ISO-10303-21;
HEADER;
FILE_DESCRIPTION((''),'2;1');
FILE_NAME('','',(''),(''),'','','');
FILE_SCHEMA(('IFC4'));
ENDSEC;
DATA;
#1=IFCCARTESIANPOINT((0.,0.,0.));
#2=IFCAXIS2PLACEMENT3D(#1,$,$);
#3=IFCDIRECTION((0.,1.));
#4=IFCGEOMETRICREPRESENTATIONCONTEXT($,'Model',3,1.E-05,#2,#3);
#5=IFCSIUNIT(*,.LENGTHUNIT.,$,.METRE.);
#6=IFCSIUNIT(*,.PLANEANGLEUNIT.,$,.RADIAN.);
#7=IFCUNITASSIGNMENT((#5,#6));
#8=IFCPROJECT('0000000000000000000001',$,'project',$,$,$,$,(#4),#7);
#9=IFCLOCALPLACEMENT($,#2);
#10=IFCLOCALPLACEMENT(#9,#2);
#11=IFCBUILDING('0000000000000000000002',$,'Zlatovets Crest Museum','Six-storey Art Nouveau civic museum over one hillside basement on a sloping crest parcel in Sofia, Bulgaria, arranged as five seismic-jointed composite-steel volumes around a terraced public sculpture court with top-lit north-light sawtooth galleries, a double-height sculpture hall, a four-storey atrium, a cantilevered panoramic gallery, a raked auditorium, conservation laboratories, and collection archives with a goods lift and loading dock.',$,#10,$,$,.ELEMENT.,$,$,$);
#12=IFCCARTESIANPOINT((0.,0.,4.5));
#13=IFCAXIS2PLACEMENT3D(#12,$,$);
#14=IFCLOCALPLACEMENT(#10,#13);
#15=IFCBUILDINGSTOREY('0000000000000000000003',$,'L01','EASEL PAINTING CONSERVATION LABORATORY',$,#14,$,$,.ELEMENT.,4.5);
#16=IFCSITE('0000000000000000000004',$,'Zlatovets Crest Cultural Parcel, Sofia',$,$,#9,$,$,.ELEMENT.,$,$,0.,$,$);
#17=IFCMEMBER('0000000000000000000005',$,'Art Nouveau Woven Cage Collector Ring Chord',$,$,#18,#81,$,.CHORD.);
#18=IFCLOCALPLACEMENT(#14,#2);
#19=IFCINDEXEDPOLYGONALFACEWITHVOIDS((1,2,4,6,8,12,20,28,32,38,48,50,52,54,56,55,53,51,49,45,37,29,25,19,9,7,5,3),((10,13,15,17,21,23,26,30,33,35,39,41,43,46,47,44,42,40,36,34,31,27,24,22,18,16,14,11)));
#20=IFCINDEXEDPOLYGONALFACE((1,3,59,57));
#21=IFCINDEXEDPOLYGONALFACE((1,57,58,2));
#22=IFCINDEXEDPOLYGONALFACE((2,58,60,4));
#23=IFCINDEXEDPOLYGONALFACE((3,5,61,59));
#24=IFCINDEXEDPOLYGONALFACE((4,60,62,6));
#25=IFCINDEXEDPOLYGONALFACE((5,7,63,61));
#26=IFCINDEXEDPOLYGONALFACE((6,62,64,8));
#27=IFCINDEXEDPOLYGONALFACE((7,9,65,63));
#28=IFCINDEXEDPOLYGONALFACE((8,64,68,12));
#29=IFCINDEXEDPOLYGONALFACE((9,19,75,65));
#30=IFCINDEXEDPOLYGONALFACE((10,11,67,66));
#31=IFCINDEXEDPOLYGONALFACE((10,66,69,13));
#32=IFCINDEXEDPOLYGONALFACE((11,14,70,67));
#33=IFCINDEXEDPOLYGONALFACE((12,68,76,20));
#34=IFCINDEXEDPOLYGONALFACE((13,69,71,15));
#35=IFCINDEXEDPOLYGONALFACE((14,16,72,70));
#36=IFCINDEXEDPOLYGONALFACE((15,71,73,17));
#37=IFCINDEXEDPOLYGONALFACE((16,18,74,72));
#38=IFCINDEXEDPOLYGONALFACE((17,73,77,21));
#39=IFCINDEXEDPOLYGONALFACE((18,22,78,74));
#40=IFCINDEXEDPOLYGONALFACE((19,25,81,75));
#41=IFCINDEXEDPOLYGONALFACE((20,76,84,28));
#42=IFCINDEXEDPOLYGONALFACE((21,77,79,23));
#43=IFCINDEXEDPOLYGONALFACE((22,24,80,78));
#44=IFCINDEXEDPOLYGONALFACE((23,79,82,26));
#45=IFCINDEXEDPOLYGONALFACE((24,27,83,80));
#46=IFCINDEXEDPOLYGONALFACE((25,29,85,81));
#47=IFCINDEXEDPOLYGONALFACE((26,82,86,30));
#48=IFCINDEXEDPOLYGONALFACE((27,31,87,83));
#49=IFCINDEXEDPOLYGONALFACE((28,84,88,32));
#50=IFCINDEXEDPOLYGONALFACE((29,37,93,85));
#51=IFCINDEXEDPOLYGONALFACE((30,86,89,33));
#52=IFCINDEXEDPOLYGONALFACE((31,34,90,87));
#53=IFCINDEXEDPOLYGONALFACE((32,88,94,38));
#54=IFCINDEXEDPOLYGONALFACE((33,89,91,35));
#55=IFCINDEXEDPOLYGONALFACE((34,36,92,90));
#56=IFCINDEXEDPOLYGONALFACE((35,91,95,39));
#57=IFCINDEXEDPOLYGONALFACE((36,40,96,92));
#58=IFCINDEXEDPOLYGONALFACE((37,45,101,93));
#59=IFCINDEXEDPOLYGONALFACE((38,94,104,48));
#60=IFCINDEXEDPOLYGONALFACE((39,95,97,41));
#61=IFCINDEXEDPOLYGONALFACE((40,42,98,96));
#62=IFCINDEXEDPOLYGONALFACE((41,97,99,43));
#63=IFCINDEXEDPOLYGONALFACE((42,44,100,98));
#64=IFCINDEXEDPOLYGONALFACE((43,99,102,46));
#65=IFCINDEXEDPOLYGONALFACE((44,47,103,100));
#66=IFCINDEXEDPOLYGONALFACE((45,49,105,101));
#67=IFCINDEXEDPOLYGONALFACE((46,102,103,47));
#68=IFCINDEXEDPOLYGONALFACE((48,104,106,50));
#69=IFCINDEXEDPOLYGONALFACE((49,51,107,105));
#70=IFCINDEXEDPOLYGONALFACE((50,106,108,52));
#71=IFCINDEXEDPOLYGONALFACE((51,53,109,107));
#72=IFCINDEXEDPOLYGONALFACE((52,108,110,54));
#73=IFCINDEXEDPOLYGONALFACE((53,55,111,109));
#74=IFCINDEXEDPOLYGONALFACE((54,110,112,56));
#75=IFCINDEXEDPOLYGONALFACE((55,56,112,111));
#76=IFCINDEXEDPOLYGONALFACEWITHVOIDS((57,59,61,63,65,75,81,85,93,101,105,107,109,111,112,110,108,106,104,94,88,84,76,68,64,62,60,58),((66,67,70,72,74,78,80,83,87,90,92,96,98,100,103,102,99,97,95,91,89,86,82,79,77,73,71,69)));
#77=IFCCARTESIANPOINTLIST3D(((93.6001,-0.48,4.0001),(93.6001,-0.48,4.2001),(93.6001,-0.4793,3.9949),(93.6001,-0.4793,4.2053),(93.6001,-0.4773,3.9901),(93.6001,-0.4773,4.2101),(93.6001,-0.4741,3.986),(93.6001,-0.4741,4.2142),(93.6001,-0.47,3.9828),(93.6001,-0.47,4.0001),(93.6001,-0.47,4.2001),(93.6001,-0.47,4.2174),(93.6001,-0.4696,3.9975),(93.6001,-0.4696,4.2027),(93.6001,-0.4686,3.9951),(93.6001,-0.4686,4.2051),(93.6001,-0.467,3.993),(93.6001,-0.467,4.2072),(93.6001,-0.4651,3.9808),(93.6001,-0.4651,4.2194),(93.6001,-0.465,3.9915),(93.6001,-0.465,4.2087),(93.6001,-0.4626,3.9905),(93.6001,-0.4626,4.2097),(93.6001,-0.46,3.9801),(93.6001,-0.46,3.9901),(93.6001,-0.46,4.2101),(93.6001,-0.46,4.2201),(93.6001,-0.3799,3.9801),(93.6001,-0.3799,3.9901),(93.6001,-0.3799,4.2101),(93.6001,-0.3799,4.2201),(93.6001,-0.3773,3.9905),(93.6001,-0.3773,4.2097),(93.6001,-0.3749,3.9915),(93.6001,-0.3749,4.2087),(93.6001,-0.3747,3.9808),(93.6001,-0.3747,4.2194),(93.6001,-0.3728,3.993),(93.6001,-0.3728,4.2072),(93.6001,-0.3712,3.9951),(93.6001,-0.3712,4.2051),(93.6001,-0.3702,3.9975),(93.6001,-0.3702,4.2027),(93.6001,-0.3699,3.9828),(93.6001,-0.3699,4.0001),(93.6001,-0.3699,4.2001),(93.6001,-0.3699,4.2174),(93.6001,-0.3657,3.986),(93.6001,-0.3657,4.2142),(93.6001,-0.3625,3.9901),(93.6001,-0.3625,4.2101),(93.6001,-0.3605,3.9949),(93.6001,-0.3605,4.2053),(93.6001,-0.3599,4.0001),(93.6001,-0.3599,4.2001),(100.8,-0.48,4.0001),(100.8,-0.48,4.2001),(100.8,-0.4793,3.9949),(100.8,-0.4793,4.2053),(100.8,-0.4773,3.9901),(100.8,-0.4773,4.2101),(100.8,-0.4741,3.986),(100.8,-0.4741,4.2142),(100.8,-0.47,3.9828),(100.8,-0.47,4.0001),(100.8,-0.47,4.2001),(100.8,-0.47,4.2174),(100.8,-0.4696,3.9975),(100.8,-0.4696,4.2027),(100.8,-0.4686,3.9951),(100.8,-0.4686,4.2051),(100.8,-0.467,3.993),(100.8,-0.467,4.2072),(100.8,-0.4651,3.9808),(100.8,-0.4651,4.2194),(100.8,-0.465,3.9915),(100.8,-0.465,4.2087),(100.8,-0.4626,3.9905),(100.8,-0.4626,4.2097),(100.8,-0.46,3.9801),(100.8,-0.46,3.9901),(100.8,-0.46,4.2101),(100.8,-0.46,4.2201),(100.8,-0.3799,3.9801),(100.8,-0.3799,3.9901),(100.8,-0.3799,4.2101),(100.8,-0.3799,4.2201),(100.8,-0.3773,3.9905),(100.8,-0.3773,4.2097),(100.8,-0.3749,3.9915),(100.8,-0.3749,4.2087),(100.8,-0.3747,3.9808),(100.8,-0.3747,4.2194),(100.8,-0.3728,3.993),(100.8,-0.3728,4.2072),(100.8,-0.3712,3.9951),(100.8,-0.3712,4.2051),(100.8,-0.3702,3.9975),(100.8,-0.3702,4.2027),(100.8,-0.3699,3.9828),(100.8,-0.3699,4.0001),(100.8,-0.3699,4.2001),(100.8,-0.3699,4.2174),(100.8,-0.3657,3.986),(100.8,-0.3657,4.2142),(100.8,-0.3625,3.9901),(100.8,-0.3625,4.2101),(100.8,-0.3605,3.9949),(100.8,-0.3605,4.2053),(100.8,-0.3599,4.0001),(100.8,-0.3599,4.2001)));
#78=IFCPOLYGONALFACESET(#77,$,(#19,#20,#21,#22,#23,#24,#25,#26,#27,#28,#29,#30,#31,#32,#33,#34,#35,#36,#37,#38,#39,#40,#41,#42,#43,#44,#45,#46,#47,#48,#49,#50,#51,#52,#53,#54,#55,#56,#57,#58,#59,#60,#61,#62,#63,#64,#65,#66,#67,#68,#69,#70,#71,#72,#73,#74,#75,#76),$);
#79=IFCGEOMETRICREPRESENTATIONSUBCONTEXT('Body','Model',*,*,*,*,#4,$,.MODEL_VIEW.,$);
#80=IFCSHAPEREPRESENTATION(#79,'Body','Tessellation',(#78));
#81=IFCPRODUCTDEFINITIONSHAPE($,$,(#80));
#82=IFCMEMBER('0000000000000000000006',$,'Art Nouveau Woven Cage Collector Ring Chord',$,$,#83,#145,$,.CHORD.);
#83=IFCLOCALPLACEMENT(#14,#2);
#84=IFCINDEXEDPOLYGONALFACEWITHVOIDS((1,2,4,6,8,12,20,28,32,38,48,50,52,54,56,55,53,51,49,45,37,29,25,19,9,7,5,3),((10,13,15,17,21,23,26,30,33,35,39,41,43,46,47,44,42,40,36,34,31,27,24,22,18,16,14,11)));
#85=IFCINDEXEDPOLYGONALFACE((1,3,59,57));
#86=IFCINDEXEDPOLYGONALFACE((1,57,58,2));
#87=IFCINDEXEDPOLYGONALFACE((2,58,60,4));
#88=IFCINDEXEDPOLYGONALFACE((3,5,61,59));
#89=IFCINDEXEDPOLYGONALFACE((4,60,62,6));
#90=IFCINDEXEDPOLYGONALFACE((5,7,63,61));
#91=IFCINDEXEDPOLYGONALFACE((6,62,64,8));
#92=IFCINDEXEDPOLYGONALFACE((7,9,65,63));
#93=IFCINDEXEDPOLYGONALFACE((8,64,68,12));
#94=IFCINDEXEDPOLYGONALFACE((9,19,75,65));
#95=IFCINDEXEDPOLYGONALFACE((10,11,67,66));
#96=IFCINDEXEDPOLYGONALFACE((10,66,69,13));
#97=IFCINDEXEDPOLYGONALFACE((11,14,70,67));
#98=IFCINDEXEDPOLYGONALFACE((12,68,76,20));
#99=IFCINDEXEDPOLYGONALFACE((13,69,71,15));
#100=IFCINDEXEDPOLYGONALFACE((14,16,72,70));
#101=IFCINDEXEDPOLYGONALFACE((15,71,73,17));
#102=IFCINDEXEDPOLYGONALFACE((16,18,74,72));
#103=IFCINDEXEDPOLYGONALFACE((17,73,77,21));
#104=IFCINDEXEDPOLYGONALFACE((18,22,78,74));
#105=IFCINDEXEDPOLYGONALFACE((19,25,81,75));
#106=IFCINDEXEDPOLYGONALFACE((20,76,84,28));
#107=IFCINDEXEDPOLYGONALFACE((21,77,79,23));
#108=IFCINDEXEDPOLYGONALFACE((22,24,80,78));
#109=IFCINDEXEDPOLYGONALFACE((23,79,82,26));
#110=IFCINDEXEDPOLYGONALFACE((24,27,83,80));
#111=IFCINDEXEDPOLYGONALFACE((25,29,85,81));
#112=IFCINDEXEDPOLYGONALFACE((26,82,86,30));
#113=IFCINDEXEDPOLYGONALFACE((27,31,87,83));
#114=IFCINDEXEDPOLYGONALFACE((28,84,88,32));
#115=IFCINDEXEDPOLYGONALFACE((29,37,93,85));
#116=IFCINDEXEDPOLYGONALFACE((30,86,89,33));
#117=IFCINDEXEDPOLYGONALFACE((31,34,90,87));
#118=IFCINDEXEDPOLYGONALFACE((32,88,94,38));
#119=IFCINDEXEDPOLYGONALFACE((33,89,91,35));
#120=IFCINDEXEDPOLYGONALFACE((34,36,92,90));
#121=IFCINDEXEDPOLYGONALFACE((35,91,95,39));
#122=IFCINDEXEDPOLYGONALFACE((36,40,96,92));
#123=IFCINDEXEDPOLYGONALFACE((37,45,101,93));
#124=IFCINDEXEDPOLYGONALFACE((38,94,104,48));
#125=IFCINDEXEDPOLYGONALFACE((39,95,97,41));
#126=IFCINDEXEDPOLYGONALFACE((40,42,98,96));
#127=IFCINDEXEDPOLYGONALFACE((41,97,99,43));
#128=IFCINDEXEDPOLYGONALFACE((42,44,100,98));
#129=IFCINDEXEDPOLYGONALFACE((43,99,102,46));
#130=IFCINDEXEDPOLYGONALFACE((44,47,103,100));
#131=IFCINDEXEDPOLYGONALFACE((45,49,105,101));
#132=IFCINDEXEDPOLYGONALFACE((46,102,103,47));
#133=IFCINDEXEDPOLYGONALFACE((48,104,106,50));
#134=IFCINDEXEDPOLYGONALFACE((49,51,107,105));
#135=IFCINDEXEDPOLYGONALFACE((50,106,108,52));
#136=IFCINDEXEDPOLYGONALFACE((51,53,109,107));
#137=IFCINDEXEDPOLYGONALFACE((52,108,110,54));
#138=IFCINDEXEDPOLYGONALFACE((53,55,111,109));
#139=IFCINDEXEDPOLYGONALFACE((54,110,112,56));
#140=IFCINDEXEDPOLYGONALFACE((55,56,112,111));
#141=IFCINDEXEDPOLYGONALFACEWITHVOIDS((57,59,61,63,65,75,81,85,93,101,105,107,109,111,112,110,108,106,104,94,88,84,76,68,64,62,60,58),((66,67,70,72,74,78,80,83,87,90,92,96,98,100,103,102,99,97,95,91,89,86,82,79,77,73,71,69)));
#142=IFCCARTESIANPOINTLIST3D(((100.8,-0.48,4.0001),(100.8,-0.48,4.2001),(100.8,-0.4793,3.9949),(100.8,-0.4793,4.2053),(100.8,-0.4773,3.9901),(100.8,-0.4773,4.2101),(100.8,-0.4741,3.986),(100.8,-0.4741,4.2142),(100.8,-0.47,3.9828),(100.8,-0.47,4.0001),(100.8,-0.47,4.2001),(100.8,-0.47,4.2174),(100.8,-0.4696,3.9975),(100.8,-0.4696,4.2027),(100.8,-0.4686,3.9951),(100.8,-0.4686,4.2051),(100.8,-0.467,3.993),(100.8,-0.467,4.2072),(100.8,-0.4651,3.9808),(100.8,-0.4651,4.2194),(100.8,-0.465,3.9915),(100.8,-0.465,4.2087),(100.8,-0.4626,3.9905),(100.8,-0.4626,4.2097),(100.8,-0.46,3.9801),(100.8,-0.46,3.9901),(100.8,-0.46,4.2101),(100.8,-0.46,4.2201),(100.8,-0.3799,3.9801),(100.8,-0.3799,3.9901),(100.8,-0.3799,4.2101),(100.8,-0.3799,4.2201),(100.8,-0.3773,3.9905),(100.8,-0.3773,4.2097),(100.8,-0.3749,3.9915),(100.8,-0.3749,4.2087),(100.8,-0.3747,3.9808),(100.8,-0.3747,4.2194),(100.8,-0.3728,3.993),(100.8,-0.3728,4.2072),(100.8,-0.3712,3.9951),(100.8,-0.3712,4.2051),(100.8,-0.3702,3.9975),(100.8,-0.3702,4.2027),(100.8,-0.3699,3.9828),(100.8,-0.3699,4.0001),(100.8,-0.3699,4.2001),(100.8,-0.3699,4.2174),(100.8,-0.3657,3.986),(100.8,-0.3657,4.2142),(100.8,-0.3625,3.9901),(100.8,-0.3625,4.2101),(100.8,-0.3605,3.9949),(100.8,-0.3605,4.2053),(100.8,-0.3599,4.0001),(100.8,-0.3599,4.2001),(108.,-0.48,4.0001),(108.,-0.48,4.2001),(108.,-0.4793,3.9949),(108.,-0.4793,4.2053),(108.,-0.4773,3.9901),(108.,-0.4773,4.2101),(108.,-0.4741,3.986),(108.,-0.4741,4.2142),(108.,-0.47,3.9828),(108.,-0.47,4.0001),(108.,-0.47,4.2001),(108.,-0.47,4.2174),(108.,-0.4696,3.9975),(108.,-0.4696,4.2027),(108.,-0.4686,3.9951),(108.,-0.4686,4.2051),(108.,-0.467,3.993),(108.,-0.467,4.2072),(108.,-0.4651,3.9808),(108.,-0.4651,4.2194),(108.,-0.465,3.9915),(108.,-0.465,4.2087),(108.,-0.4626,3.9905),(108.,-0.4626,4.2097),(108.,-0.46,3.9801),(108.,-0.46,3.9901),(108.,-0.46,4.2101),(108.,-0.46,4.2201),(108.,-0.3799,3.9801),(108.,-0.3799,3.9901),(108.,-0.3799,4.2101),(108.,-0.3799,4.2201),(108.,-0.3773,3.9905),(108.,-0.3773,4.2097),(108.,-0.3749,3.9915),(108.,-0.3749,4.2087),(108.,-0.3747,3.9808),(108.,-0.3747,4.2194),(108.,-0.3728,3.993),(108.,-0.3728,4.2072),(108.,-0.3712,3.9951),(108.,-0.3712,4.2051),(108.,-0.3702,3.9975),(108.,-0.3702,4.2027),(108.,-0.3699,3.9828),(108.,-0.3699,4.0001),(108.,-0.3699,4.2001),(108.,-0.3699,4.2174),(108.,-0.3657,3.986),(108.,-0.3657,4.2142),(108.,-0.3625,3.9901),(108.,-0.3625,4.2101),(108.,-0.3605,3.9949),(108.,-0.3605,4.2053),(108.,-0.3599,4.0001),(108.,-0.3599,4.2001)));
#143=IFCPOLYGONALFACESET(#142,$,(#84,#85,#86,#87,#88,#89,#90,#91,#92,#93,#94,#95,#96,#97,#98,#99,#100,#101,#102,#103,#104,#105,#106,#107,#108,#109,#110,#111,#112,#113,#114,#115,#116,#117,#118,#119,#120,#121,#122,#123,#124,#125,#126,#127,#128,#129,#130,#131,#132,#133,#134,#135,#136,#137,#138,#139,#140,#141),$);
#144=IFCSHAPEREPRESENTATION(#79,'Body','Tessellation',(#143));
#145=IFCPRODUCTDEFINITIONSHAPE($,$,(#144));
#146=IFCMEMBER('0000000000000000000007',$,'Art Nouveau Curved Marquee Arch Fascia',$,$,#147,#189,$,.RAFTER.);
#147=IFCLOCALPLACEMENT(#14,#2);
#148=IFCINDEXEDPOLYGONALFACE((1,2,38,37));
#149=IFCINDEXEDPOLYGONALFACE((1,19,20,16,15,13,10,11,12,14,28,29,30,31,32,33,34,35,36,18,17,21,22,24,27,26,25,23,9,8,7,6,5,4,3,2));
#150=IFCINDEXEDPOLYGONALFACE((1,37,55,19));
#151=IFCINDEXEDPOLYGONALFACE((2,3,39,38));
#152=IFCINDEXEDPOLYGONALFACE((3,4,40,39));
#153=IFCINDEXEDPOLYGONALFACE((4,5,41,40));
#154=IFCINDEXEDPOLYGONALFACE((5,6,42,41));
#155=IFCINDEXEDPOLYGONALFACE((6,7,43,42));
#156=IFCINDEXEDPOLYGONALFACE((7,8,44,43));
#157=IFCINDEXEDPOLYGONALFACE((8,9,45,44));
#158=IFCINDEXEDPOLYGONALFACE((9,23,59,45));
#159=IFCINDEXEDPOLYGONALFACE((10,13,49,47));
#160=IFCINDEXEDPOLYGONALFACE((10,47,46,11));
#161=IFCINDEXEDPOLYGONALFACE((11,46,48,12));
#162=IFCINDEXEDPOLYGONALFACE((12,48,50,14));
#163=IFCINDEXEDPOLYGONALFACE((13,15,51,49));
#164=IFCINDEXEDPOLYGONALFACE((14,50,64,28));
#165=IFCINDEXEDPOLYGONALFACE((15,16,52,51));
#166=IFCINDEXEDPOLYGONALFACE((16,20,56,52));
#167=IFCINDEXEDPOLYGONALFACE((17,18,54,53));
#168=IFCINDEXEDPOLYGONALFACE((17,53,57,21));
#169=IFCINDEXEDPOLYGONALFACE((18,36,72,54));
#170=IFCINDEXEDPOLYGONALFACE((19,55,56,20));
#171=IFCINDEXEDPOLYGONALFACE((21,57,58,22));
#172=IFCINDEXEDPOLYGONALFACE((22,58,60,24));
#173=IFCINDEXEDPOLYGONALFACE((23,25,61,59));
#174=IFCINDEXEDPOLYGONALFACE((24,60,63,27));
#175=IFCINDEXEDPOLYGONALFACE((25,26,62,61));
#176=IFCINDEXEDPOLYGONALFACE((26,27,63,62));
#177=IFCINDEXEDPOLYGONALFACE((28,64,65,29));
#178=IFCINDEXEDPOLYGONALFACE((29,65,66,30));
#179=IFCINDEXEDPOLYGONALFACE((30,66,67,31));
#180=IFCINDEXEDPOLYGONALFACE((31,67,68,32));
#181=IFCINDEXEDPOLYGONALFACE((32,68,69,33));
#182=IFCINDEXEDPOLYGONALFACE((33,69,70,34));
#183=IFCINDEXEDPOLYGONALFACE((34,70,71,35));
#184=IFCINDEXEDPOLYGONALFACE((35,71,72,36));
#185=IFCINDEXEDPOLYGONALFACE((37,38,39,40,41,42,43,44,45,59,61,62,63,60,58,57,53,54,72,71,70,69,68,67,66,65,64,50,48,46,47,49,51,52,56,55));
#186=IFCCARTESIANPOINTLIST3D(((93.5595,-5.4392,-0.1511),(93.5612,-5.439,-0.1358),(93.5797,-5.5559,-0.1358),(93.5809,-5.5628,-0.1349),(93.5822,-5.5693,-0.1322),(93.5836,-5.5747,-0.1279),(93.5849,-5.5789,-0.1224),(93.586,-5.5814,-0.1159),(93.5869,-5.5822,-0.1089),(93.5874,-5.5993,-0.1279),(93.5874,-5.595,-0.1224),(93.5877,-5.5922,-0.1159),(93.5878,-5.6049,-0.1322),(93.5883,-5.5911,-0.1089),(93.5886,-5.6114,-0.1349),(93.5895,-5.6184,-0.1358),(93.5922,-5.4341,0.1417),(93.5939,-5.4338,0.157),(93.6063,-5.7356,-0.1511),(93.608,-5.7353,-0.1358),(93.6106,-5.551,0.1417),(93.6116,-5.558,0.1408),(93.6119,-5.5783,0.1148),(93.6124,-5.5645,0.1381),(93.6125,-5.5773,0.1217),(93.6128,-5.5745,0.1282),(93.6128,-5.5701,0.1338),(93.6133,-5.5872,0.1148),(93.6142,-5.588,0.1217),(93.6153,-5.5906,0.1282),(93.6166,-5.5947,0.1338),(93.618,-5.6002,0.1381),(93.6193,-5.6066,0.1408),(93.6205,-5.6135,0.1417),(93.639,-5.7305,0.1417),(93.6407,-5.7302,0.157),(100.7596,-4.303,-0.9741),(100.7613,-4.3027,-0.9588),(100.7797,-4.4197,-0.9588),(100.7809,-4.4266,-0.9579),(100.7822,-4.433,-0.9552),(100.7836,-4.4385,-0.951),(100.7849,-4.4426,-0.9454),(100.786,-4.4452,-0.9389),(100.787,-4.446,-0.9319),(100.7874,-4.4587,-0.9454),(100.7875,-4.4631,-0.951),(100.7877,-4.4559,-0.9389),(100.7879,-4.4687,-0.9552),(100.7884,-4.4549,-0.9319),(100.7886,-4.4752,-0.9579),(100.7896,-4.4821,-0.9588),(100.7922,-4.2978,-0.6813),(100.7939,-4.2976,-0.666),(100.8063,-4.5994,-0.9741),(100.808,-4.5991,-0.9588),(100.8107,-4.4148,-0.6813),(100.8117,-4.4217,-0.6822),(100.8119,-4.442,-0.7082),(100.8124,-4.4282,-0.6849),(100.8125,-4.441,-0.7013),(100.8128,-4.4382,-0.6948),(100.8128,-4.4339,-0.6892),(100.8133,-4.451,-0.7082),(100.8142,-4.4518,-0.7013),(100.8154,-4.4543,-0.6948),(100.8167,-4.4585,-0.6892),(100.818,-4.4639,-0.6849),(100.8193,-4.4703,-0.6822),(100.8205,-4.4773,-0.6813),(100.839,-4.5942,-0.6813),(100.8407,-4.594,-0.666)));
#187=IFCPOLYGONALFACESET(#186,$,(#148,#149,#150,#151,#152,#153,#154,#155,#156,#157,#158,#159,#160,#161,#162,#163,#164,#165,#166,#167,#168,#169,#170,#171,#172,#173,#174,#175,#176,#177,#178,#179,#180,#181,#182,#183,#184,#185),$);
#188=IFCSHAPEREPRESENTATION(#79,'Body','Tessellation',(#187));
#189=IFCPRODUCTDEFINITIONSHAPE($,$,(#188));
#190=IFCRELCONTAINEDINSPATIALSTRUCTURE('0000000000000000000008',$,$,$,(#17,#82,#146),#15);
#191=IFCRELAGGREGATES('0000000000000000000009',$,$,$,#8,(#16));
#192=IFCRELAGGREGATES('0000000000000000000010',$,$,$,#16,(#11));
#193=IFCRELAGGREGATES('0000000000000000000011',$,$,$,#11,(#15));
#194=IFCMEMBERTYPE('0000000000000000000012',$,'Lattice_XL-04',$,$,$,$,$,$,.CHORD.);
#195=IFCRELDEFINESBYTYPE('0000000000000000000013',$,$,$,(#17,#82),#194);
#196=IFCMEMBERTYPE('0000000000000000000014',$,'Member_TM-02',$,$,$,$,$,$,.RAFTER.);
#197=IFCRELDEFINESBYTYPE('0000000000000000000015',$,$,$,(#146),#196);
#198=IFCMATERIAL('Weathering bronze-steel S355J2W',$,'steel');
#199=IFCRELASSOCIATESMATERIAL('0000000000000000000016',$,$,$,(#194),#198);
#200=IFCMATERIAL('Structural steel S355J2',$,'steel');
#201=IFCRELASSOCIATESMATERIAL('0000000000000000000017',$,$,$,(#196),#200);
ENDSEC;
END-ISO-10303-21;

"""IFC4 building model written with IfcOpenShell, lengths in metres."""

from ifc_helpers import new_model, si_unit, direction, frame, origin, origin_2d, place, context, subcontext, project, spatial, hollow_rectangle, i_section, extrude, material, material_profile, profile_set, type_object, element, save


model = new_model("IFC4")

# Units and contexts
model_context = context("Model", 3, precision=1e-05, world=origin(), true_north=direction((0.0, 1.0)))
body_context = subcontext(model_context, "Body", "Model", "MODEL_VIEW")
ifc_project = project(units=[si_unit("LENGTHUNIT", "METRE"), si_unit("PLANEANGLEUNIT", "RADIAN")], contexts=[model_context])

# Site, building, storey
site_placement = place(None, origin())
site = spatial("IfcSite", under=ifc_project, at=site_placement, Name="Zlatovets Crest Cultural Parcel, Sofia", CompositionType="ELEMENT", RefElevation=0.0)
building_placement = place(site_placement, origin())
building = spatial("IfcBuilding", under=site, at=building_placement, Name="Zlatovets Crest Museum", Description="Six-storey Art Nouveau civic museum over one hillside basement on a sloping crest parcel in Sofia, Bulgaria, arranged as five seismic-jointed composite-steel volumes around a terraced public sculpture court with top-lit north-light sawtooth galleries, a double-height sculpture hall, a four-storey atrium, a cantilevered panoramic gallery, a raked auditorium, conservation laboratories, and collection archives with a goods lift and loading dock.", CompositionType="ELEMENT")
storey_placement = place(building_placement, frame((0.0, 0.0, 4.5)))
storey = spatial("IfcBuildingStorey", under=building, at=storey_placement, Name="L01", Description="EASEL PAINTING CONSERVATION LABORATORY", CompositionType="ELEMENT", Elevation=4.5)

# Members
ifc_material_1 = material(Name="Weathering bronze-steel S355J2W", Category="steel")
ifc_material_profile_1 = material_profile(ifc_material_1, hollow_rectangle(XDim=0.1201, YDim=0.24, WallThickness=0.01, InnerFilletRadius=0.01, OuterFilletRadius=0.02, at=origin_2d()), Name="RHS 120x240x10.0")
ifc_profile_set_1 = profile_set([ifc_material_profile_1], Name="Weathering bronze-steel S355J2W")
member_type_1 = type_object("IfcMemberType", Name="Lattice_XL-04", PredefinedType="CHORD", material=ifc_profile_set_1)
for number, where, z_axis, x_axis, name in (
    (1, (93.6001, -0.4199, 4.1001), (1.0, 0.0, 0.0), (0.0, 1.0, 0.0), "Art Nouveau Woven Cage Collector Ring Chord"),
    (2, (100.8, -0.4199, 4.1001), (1.0, 0.0, 0.0), (0.0, 1.0, 0.0), "Art Nouveau Woven Cage Collector Ring Chord"),
):
    element("IfcMember", number, at=place(storey_placement, frame(where, z_axis=z_axis, x_axis=x_axis)), inside=storey, type_object=member_type_1, Name=name, PredefinedType="CHORD", context=body_context, shape_type="SweptSolid", body=[
        extrude(hollow_rectangle(XDim=0.1201, YDim=0.24, WallThickness=0.01, InnerFilletRadius=0.01, OuterFilletRadius=0.02, at=origin_2d()), origin(), (0.0, 0.0, 1.0), 7.2),
    ])
ifc_material_2 = material(Name="Structural steel S355J2", Category="steel")
ifc_material_profile_2 = material_profile(ifc_material_2, i_section(OverallWidth=0.3, OverallDepth=0.3101, WebThickness=0.009, FlangeThickness=0.0154, FilletRadius=0.0271, at=origin_2d()), Name="HEA 320")
ifc_profile_set_2 = profile_set([ifc_material_profile_2], Name="Structural steel S355J2")
member_type_2 = type_object("IfcMemberType", Name="Member_TM-02", PredefinedType="RAFTER", material=ifc_profile_set_2)
member_1_placement = place(storey_placement, frame((93.6001, -5.5847, 0.0029), z_axis=(0.981539, 0.154898, -0.112196), x_axis=(-0.155882, 0.987776, 0.0)))
element("IfcMember", 3, at=member_1_placement, inside=storey, type_object=member_type_2, Name="Art Nouveau Curved Marquee Arch Fascia", PredefinedType="RAFTER", context=body_context, shape_type="SweptSolid", body=[
    extrude(i_section(OverallWidth=0.3, OverallDepth=0.3101, WebThickness=0.009, FlangeThickness=0.0154, FilletRadius=0.0271, at=origin_2d()), origin(), (0.0, 0.0, 1.0), 7.3354),
])

save(model, "model.ifc")
